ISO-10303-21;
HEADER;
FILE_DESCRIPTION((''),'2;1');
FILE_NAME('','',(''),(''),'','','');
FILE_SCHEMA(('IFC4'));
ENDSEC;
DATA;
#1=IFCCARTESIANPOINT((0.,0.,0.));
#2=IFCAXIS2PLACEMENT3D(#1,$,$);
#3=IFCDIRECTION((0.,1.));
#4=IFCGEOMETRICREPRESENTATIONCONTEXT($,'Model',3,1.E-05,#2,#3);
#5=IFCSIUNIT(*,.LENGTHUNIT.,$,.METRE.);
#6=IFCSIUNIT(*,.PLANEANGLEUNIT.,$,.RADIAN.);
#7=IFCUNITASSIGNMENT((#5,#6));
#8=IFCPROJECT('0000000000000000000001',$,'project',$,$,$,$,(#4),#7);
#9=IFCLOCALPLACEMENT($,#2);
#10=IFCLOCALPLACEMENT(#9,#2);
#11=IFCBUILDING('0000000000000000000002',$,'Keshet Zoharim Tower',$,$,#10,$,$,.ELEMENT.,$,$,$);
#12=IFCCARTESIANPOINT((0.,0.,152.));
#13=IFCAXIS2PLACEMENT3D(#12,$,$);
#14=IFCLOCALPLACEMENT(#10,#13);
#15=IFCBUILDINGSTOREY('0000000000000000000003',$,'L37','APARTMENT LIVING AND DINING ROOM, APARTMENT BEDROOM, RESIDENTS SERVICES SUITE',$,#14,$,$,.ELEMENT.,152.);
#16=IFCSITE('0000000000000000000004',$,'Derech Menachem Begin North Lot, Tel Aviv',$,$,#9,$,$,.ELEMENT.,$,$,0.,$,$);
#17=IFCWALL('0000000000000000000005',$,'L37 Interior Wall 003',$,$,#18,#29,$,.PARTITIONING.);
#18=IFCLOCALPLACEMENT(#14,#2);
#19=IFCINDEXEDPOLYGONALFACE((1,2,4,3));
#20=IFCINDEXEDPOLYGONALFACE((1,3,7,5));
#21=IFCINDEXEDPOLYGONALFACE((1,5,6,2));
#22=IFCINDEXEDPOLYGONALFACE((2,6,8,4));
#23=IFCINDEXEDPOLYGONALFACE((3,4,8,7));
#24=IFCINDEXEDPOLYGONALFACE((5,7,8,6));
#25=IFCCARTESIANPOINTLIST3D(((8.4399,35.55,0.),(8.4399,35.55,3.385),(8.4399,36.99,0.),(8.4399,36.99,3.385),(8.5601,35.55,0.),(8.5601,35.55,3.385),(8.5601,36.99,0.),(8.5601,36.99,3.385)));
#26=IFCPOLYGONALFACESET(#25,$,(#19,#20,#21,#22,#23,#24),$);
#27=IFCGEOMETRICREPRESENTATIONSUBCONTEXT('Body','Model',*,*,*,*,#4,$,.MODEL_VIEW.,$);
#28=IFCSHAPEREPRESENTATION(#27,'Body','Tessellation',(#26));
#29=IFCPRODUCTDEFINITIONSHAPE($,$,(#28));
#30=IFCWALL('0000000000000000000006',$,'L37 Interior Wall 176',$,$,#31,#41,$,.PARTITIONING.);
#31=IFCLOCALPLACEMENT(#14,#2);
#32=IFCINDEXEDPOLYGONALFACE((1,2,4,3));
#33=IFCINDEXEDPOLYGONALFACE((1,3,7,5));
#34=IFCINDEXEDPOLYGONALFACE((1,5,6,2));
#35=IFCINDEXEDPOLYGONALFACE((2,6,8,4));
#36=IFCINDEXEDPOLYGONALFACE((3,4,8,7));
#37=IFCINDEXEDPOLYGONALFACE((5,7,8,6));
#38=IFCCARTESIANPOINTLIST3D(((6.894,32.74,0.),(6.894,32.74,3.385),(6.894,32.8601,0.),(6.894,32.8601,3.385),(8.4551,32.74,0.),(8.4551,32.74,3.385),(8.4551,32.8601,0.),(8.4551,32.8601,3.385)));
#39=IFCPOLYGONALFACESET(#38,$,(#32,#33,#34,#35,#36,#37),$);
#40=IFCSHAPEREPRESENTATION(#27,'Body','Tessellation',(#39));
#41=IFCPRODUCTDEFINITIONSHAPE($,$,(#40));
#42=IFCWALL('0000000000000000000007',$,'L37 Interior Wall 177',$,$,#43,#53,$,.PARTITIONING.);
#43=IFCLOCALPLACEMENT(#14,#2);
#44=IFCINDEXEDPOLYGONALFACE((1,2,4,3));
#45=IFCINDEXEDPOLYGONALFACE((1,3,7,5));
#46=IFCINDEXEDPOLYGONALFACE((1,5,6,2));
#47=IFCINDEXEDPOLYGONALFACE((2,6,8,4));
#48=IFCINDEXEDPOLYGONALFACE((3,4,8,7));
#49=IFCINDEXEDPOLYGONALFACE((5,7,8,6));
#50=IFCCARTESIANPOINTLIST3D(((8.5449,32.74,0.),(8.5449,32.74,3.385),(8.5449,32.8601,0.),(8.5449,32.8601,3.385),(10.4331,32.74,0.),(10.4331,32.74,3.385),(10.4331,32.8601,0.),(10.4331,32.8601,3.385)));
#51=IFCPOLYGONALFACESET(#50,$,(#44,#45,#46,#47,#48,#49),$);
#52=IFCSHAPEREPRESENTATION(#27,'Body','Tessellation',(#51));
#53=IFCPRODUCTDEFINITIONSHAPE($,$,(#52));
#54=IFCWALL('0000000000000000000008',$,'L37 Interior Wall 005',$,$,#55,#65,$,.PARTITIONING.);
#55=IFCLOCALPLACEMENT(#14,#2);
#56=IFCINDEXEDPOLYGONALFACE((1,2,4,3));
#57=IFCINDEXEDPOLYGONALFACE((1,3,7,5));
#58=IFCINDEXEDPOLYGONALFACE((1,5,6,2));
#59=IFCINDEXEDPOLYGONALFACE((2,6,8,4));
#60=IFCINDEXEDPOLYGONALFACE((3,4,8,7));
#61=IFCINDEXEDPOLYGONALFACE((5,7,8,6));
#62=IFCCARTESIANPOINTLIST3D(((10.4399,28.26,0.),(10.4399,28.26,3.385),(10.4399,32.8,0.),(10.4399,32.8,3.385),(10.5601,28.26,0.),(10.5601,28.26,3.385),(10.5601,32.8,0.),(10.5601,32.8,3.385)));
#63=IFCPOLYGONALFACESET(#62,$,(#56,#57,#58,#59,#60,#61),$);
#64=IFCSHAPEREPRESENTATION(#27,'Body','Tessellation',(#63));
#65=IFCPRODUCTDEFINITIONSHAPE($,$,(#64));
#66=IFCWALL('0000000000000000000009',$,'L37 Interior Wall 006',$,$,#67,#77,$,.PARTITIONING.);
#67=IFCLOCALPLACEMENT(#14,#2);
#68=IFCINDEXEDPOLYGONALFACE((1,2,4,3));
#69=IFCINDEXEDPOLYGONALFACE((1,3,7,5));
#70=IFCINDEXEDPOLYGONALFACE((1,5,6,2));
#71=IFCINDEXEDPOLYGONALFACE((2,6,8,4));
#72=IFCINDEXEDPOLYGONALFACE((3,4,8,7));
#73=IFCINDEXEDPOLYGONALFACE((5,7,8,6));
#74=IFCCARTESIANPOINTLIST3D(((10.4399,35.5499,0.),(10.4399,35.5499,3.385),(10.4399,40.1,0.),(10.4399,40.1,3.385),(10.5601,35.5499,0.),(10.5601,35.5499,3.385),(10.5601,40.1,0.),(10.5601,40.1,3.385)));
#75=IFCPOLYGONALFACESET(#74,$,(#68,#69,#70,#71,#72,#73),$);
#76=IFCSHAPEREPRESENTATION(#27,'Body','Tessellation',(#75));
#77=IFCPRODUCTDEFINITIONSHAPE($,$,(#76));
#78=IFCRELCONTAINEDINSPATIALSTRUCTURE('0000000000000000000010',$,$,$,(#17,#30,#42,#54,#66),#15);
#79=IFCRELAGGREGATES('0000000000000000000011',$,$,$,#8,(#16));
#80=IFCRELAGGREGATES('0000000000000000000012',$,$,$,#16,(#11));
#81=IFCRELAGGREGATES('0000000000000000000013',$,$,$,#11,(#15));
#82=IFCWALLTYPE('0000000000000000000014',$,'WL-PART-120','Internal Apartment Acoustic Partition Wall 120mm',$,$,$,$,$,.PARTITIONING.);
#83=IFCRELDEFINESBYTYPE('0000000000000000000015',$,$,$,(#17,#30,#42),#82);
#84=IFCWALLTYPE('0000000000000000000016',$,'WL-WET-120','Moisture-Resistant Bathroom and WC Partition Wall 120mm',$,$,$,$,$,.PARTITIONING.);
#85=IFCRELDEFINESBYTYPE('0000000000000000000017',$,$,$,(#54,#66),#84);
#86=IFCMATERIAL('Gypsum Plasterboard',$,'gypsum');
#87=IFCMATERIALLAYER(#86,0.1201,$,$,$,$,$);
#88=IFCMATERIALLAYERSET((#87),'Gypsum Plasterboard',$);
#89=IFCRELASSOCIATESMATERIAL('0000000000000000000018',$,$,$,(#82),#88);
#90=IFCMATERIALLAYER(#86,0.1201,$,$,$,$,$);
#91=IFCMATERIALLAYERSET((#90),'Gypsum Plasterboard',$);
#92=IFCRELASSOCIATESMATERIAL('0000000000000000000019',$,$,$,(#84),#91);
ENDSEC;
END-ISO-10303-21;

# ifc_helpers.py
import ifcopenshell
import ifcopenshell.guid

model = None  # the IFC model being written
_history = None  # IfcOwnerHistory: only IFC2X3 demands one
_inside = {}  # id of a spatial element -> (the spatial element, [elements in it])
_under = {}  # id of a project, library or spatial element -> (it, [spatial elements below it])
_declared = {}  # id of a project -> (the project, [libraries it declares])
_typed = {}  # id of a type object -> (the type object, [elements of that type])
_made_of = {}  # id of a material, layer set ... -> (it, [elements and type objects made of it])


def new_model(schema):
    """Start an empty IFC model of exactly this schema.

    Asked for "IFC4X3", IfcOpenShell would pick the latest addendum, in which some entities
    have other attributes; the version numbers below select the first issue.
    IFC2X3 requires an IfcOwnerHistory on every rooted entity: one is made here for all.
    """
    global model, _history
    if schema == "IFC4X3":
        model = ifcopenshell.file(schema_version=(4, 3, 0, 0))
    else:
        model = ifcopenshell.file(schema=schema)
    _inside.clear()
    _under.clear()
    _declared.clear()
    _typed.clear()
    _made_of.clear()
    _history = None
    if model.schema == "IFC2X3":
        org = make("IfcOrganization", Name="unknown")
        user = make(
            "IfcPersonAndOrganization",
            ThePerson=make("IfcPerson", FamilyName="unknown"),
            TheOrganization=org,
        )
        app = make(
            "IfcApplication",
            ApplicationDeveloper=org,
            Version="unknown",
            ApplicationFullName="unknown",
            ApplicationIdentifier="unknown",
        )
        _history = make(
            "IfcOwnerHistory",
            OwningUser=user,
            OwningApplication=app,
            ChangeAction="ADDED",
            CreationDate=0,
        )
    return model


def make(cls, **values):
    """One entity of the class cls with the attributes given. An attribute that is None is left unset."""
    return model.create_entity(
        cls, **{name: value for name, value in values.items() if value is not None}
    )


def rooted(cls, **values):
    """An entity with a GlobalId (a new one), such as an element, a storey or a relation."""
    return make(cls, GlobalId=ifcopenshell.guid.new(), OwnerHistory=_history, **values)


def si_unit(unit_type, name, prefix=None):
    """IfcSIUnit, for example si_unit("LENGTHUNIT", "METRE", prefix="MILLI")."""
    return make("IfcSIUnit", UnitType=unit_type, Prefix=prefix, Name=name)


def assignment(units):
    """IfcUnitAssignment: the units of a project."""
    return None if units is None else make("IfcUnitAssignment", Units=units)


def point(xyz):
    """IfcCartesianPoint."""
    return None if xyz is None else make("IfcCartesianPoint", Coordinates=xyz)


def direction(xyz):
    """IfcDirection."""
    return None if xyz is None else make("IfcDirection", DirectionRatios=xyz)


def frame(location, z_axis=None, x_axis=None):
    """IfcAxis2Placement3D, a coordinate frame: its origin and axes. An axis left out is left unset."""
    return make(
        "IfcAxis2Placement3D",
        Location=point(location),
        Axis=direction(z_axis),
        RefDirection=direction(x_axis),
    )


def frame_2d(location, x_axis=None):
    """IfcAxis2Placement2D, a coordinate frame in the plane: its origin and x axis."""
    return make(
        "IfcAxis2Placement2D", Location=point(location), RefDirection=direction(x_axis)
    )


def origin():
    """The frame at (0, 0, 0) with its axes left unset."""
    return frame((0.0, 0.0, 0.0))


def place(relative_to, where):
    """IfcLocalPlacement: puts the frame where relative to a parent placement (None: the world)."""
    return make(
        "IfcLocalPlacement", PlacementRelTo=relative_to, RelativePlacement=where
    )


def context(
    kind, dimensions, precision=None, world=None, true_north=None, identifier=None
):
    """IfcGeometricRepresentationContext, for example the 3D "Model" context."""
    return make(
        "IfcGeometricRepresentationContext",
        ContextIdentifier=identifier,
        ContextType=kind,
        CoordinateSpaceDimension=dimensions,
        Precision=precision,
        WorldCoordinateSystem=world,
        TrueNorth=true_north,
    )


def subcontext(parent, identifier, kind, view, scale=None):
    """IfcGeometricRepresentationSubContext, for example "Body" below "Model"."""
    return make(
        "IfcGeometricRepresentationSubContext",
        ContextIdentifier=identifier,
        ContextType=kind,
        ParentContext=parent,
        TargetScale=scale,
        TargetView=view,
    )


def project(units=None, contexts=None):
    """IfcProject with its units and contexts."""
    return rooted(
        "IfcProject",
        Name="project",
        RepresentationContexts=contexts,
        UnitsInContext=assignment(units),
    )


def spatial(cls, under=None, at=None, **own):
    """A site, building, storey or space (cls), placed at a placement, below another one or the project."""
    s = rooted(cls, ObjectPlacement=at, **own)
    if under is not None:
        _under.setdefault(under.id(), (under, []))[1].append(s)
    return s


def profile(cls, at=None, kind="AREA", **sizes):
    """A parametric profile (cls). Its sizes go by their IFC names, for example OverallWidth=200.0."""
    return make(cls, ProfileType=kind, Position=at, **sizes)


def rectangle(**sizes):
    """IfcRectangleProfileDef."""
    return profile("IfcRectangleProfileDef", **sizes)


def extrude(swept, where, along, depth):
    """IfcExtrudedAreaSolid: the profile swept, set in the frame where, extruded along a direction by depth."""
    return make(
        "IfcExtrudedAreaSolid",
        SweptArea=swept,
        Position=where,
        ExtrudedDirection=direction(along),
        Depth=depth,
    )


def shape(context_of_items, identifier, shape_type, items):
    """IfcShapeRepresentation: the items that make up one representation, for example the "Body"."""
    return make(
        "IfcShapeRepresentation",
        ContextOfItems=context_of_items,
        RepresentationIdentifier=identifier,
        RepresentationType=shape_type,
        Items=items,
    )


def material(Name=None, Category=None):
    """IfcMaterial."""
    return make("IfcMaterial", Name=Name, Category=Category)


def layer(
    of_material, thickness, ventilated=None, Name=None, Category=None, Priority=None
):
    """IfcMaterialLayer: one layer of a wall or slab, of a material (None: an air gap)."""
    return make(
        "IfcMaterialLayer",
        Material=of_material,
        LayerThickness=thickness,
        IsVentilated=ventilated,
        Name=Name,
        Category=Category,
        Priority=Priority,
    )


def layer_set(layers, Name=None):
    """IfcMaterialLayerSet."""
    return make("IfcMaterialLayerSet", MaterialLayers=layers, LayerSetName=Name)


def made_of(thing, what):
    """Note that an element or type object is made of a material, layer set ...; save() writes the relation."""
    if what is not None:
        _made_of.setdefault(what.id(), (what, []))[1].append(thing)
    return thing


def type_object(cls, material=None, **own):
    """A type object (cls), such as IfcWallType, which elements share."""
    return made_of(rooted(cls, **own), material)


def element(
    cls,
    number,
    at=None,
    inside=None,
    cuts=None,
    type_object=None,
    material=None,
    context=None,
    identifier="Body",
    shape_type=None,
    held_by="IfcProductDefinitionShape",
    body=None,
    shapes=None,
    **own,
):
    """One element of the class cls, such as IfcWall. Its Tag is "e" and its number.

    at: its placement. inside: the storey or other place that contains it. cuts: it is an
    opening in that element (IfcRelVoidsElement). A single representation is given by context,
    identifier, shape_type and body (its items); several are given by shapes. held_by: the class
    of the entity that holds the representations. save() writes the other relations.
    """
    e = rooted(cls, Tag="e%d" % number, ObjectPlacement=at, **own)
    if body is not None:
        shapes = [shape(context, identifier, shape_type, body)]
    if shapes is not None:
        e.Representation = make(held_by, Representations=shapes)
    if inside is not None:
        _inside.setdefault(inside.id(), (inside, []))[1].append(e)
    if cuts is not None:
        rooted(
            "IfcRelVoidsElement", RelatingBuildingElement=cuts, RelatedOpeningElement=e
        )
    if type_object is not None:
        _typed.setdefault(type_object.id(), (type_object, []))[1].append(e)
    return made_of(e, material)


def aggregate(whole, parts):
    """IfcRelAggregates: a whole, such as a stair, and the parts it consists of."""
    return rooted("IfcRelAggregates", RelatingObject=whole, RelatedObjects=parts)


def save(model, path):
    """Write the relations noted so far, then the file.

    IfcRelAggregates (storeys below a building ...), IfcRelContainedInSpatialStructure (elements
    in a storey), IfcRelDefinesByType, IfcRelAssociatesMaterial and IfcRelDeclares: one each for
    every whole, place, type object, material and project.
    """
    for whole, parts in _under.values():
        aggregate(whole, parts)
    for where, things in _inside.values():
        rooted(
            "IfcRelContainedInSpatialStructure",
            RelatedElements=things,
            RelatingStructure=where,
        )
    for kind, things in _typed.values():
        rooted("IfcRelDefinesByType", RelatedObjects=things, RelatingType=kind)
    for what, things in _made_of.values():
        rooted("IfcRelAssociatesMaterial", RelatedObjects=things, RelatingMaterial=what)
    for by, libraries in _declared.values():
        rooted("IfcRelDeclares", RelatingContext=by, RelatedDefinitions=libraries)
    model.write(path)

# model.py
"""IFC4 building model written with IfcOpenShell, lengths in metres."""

from ifc_helpers import new_model, si_unit, direction, frame, frame_2d, origin, place, context, subcontext, project, spatial, rectangle, extrude, material, layer, layer_set, type_object, element, save


model = new_model("IFC4")

# Units and contexts
model_context = context("Model", 3, precision=1e-05, world=origin(), true_north=direction((0.0, 1.0)))
body_context = subcontext(model_context, "Body", "Model", "MODEL_VIEW")
ifc_project = project(units=[si_unit("LENGTHUNIT", "METRE"), si_unit("PLANEANGLEUNIT", "RADIAN")], contexts=[model_context])

# Site, building, storey
site_placement = place(None, origin())
site = spatial("IfcSite", under=ifc_project, at=site_placement, Name="Derech Menachem Begin North Lot, Tel Aviv", CompositionType="ELEMENT", RefElevation=0.0)
building_placement = place(site_placement, origin())
building = spatial("IfcBuilding", under=site, at=building_placement, Name="Keshet Zoharim Tower", CompositionType="ELEMENT")
storey_placement = place(building_placement, frame((0.0, 0.0, 152.0)))
storey = spatial("IfcBuildingStorey", under=building, at=storey_placement, Name="L37", Description="APARTMENT LIVING AND DINING ROOM, APARTMENT BEDROOM, RESIDENTS SERVICES SUITE", CompositionType="ELEMENT", Elevation=152.0)

# Wall
ifc_material_1 = material(Name="Gypsum Plasterboard", Category="gypsum")
ifc_layer_1 = layer(ifc_material_1, 0.1201)
ifc_layer_set_1 = layer_set([ifc_layer_1], Name="Gypsum Plasterboard")
wall_type_1 = type_object("IfcWallType", Name="WL-PART-120", Description="Internal Apartment Acoustic Partition Wall 120mm", PredefinedType="PARTITIONING", material=ifc_layer_set_1)
wall_1_placement = place(storey_placement, frame((8.5, 35.55, 0.0), z_axis=(0.0, 0.0, 1.0), x_axis=(0.0, 1.0, 0.0)))
element("IfcWall", 1, at=wall_1_placement, inside=storey, type_object=wall_type_1, Name="L37 Interior Wall 003", PredefinedType="PARTITIONING", context=body_context, shape_type="SweptSolid", body=[
    extrude(rectangle(XDim=1.4399, YDim=0.1201, at=frame_2d((0.72, 0.0))), origin(), (0.0, 0.0, 1.0), 3.385),
])

# Walls
wall_2_placement = place(storey_placement, frame((6.894, 32.8, 0.0), z_axis=(0.0, 0.0, 1.0), x_axis=(1.0, 0.0, 0.0)))
element("IfcWall", 2, at=wall_2_placement, inside=storey, type_object=wall_type_1, Name="L37 Interior Wall 176", PredefinedType="PARTITIONING", context=body_context, shape_type="SweptSolid", body=[
    extrude(rectangle(XDim=1.561, YDim=0.1201, at=frame_2d((0.7805, 0.0))), origin(), (0.0, 0.0, 1.0), 3.385),
])
wall_3_placement = place(storey_placement, frame((8.5449, 32.8, 0.0), z_axis=(0.0, 0.0, 1.0), x_axis=(1.0, 0.0, 0.0)))
element("IfcWall", 3, at=wall_3_placement, inside=storey, type_object=wall_type_1, Name="L37 Interior Wall 177", PredefinedType="PARTITIONING", context=body_context, shape_type="SweptSolid", body=[
    extrude(rectangle(XDim=1.8882, YDim=0.1201, at=frame_2d((0.9441, 0.0))), origin(), (0.0, 0.0, 1.0), 3.385),
])

# Walls
ifc_layer_2 = layer(ifc_material_1, 0.1201)
ifc_layer_set_2 = layer_set([ifc_layer_2], Name="Gypsum Plasterboard")
wall_type_2 = type_object("IfcWallType", Name="WL-WET-120", Description="Moisture-Resistant Bathroom and WC Partition Wall 120mm", PredefinedType="PARTITIONING", material=ifc_layer_set_2)
wall_4_placement = place(storey_placement, frame((10.5, 28.26, 0.0), z_axis=(0.0, 0.0, 1.0), x_axis=(0.0, 1.0, 0.0)))
element("IfcWall", 4, at=wall_4_placement, inside=storey, type_object=wall_type_2, Name="L37 Interior Wall 005", PredefinedType="PARTITIONING", context=body_context, shape_type="SweptSolid", body=[
    extrude(rectangle(XDim=4.54, YDim=0.1201, at=frame_2d((2.27, 0.0))), origin(), (0.0, 0.0, 1.0), 3.385),
])
wall_5_placement = place(storey_placement, frame((10.5, 35.55, 0.0), z_axis=(0.0, 0.0, 1.0), x_axis=(0.0, 1.0, 0.0)))
element("IfcWall", 5, at=wall_5_placement, inside=storey, type_object=wall_type_2, Name="L37 Interior Wall 006", PredefinedType="PARTITIONING", context=body_context, shape_type="SweptSolid", body=[
    extrude(rectangle(XDim=4.55, YDim=0.1201, at=frame_2d((2.2749, 0.0))), origin(), (0.0, 0.0, 1.0), 3.385),
])

save(model, "model.ifc")
